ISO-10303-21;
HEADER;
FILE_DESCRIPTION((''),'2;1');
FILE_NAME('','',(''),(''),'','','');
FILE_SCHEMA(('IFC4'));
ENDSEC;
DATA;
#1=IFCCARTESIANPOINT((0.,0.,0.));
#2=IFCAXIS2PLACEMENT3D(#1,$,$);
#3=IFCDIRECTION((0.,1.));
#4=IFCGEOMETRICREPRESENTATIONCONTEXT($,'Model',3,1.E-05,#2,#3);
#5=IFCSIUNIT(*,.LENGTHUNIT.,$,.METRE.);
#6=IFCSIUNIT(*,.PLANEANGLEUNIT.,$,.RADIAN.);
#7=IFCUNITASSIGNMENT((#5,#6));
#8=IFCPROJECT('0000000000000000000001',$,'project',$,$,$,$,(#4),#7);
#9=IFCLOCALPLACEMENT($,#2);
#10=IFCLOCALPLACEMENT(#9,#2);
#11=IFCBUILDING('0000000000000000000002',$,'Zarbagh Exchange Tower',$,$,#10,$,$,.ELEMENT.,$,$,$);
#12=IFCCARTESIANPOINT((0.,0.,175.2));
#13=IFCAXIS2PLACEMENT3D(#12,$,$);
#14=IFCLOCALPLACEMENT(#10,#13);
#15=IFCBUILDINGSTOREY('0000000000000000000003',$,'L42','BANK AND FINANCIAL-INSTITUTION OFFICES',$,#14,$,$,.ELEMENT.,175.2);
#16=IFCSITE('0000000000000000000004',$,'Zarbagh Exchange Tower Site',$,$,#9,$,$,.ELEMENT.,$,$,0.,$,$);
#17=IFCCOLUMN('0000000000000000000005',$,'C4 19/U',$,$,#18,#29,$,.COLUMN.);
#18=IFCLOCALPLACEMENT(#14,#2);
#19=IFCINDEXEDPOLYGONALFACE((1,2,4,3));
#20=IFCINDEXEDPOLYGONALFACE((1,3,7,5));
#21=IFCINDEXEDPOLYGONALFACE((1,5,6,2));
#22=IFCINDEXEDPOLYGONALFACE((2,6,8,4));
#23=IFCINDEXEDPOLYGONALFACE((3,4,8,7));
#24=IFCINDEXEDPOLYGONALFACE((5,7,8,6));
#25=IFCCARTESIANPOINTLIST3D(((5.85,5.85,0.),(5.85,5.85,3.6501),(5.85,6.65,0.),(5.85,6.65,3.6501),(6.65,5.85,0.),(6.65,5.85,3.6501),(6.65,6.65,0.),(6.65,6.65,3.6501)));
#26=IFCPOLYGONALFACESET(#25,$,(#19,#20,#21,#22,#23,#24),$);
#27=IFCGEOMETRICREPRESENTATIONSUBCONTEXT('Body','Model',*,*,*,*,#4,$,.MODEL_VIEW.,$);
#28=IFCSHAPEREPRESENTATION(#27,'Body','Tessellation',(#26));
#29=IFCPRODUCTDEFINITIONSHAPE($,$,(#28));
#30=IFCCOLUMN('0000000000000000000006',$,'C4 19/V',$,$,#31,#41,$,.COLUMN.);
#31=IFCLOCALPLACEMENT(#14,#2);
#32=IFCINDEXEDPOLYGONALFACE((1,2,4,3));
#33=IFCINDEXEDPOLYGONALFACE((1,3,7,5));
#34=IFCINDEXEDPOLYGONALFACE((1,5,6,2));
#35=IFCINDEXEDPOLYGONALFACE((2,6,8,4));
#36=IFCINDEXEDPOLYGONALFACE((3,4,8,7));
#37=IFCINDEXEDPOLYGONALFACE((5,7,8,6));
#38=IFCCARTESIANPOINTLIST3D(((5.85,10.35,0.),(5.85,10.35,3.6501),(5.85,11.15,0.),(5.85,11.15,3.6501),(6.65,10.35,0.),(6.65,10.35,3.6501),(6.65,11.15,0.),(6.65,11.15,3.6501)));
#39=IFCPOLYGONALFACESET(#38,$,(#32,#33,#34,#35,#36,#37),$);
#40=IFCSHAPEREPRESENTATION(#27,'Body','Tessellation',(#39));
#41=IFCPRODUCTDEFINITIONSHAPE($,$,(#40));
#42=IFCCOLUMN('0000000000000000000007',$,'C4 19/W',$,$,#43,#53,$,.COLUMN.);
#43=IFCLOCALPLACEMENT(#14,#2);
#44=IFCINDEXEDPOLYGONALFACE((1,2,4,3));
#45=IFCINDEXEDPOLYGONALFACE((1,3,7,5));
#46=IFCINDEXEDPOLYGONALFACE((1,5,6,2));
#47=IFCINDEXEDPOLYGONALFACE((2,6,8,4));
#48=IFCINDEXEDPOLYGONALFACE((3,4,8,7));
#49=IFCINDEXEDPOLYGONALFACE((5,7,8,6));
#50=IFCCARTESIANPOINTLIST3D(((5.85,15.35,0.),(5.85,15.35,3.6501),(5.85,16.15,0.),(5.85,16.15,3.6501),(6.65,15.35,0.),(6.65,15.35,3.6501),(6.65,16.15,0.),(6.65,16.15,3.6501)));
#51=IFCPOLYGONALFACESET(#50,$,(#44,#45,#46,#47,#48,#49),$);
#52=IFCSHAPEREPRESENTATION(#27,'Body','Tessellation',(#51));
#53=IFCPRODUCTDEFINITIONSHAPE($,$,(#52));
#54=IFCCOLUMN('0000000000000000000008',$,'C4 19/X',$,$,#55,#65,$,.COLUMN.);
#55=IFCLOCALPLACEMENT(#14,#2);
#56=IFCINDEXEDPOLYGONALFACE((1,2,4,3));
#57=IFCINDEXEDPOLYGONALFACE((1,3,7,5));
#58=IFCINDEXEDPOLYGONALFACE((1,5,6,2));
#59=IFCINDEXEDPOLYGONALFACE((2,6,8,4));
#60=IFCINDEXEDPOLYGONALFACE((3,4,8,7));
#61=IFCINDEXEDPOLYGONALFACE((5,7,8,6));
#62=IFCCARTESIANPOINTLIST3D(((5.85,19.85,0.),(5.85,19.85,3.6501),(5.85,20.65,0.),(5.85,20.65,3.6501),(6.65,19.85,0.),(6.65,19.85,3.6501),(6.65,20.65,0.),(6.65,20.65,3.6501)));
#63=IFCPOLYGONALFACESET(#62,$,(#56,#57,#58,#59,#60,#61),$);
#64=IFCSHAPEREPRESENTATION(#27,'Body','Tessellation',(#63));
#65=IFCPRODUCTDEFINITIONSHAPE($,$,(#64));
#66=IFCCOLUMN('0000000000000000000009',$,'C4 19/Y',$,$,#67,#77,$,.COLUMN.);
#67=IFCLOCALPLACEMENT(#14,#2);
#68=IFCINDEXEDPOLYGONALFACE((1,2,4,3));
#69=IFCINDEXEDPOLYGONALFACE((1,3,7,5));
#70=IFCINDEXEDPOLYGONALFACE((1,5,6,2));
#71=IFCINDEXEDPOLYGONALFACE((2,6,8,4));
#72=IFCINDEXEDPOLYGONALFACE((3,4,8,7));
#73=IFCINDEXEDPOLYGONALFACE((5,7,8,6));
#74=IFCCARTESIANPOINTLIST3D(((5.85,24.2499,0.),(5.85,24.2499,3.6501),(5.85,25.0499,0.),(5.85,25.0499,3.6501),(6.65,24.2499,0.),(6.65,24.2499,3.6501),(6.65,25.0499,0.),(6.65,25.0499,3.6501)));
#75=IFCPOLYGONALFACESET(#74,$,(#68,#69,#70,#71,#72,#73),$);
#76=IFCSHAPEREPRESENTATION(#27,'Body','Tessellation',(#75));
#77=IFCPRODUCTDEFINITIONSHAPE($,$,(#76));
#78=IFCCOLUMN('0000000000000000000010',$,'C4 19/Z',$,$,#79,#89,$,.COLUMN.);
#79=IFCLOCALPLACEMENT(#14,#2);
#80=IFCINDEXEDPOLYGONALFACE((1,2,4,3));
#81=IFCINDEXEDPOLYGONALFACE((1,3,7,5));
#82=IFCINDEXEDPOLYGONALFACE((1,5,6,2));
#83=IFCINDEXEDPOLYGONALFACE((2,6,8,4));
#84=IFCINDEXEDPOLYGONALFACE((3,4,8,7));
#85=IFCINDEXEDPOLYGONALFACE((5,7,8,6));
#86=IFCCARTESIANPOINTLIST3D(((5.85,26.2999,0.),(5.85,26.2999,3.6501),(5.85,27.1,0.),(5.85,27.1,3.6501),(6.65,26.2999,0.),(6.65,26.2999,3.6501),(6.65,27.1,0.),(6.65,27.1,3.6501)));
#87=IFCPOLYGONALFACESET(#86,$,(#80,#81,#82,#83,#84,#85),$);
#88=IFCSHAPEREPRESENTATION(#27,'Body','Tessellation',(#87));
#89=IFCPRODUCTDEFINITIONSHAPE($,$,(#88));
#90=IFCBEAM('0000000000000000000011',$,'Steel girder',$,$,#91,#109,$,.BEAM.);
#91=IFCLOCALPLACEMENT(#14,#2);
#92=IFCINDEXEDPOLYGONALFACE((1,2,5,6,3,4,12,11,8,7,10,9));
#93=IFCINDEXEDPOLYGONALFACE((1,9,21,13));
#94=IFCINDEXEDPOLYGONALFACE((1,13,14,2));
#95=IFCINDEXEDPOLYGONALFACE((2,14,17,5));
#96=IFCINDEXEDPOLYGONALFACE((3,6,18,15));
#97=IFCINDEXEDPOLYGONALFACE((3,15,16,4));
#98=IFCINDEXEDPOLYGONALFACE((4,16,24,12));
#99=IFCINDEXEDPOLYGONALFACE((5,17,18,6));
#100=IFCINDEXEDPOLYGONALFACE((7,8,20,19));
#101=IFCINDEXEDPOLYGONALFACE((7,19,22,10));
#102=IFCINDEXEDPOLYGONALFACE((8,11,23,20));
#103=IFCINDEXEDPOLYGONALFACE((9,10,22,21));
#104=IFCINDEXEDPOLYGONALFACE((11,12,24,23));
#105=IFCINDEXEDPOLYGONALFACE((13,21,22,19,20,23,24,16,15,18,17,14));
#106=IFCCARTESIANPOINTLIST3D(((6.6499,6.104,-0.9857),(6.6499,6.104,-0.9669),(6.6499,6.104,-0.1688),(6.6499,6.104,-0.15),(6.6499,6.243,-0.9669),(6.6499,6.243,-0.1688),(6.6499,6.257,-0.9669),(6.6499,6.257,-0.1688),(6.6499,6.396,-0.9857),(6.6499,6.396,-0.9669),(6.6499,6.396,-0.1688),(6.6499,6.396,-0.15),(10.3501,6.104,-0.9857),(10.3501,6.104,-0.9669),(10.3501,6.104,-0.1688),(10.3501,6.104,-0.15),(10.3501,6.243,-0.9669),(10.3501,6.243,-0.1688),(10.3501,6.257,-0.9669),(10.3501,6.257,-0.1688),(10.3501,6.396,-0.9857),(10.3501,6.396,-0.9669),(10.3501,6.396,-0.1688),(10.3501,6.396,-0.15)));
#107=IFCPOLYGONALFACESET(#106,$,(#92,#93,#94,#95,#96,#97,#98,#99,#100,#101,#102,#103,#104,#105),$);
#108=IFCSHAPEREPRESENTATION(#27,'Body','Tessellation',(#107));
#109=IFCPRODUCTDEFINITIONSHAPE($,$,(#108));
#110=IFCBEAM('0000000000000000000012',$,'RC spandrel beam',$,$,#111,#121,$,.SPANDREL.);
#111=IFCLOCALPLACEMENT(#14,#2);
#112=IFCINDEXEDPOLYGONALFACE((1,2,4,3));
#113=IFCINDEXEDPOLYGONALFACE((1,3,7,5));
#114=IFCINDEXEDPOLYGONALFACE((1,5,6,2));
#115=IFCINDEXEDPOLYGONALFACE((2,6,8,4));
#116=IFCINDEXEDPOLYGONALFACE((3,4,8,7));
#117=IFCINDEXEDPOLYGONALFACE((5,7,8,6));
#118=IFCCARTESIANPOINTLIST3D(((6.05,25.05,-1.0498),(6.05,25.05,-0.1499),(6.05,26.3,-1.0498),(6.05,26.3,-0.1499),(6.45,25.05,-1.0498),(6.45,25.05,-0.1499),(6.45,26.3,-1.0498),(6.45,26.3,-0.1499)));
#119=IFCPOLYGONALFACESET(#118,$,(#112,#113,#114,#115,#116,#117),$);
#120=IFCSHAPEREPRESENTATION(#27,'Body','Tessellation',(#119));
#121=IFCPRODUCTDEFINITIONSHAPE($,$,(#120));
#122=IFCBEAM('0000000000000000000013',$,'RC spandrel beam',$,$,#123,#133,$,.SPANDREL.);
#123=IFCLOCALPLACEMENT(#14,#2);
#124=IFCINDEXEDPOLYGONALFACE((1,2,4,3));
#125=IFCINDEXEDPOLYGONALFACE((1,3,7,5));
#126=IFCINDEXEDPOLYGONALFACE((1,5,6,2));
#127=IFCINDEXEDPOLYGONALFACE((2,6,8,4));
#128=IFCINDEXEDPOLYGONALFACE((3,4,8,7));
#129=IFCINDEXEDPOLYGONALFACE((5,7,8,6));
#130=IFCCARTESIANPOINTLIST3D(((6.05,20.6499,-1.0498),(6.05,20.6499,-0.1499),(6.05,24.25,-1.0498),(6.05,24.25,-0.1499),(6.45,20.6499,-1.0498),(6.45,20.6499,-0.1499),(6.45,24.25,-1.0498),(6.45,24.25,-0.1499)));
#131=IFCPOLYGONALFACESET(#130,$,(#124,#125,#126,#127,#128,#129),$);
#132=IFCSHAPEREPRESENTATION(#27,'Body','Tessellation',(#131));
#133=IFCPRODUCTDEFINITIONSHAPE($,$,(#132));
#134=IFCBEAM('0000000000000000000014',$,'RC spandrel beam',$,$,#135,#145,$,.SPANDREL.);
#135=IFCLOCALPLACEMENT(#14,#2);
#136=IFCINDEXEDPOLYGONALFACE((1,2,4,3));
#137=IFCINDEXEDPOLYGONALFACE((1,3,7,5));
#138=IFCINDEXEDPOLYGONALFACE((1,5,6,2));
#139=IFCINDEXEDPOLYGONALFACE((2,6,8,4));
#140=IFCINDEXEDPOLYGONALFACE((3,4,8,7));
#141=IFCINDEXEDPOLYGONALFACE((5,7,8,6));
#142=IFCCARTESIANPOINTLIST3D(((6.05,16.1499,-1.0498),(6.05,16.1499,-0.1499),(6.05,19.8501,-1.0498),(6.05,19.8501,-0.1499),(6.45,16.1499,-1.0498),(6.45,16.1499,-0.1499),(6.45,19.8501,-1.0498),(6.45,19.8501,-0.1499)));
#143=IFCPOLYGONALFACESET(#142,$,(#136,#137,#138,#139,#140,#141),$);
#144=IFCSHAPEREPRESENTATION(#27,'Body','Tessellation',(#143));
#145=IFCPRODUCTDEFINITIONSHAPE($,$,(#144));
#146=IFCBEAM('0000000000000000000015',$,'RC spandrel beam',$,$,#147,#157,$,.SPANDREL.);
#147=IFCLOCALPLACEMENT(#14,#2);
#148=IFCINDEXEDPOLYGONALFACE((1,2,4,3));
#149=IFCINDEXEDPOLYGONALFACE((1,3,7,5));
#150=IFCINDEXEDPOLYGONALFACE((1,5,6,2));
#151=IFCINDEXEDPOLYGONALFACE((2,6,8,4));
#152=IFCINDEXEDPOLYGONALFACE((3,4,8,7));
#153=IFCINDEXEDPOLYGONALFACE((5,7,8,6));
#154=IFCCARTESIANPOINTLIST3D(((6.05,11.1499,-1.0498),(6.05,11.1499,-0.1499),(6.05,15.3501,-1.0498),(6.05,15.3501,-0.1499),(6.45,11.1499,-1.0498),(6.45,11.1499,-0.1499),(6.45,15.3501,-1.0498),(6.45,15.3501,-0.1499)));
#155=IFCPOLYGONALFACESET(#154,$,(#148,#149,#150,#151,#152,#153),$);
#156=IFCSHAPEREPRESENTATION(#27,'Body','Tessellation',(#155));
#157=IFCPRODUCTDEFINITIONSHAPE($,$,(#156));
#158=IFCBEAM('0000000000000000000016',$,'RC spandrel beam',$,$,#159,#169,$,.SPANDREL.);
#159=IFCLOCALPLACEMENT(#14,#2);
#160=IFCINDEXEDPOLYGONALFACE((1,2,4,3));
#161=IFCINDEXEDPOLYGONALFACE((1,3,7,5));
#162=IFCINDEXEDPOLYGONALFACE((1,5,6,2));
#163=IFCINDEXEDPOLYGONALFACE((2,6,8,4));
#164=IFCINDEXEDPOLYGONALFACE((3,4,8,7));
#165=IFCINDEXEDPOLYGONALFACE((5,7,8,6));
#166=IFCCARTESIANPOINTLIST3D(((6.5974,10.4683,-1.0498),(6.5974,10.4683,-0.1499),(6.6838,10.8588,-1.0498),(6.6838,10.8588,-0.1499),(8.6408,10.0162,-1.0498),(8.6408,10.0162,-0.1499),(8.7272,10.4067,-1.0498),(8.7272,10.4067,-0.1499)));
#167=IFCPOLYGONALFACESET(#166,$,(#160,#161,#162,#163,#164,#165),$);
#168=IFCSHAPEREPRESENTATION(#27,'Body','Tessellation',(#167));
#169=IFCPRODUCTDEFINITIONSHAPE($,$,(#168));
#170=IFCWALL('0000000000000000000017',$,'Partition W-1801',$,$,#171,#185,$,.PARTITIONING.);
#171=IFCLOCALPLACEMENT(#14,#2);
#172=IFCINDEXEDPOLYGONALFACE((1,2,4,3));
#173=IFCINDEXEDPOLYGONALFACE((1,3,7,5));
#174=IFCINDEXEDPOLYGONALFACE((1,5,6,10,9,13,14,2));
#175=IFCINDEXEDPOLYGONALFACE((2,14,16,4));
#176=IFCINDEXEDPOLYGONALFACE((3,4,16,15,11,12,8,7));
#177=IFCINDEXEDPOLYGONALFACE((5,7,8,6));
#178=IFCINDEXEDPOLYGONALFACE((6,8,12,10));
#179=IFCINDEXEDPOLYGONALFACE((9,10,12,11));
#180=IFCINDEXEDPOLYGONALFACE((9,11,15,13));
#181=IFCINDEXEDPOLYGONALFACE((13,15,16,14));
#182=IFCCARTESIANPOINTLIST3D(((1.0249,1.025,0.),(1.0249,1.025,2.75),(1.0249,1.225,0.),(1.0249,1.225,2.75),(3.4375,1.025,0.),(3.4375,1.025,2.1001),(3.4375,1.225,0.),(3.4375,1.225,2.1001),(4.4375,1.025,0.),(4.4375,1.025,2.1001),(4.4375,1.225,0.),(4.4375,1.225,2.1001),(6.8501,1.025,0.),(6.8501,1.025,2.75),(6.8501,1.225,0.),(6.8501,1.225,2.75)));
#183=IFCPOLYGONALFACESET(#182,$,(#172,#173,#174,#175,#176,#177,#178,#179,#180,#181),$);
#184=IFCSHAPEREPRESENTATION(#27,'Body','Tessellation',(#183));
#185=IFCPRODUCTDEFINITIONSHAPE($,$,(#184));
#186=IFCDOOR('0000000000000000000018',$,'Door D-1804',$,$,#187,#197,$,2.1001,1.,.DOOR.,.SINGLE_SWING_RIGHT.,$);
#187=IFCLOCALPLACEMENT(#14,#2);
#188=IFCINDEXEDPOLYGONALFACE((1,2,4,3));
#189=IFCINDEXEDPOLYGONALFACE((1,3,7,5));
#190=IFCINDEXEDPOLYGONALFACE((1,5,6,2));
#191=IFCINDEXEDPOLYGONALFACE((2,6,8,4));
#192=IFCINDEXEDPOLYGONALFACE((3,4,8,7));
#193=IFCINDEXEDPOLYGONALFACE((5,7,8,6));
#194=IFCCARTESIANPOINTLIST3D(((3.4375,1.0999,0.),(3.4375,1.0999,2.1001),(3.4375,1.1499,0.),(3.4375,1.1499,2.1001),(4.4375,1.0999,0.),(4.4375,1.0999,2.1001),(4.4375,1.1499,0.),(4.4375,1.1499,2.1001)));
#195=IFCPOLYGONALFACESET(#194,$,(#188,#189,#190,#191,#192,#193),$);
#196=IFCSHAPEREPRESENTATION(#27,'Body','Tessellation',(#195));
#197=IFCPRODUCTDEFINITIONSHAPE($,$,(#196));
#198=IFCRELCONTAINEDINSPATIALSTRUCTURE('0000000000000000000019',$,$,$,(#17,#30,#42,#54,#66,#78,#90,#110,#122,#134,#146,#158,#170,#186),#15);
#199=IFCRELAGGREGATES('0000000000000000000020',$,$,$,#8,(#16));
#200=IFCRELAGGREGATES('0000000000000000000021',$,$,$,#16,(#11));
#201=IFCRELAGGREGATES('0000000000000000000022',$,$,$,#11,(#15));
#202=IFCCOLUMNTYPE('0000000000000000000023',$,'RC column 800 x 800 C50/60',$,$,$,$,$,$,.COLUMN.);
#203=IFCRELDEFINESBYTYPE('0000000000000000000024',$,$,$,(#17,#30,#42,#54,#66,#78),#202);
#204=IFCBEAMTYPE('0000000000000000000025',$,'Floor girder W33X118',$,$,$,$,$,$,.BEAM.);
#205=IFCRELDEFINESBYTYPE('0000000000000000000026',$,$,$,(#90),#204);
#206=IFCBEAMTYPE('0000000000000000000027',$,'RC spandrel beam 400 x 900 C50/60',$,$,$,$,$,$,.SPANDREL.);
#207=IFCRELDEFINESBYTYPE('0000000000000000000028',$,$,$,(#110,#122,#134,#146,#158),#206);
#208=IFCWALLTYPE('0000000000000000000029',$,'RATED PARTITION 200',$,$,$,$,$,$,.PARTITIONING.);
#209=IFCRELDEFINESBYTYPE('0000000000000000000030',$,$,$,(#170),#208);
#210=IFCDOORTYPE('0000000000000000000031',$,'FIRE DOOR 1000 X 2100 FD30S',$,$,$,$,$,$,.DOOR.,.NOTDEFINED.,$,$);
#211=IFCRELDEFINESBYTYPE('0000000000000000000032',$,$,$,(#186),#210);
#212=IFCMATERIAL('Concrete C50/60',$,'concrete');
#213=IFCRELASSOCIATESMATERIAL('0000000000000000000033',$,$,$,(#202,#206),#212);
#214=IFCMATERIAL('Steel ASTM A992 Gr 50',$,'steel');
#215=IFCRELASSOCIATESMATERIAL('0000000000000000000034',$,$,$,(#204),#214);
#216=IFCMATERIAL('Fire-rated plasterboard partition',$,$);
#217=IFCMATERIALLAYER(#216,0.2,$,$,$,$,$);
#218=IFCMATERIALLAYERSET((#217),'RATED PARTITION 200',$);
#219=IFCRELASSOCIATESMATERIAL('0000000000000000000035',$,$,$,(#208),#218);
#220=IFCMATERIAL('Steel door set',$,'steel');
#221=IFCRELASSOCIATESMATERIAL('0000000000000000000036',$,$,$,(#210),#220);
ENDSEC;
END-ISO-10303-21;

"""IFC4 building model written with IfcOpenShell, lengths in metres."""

from ifc_helpers import new_model, si_unit, direction, frame, frame_2d, origin, origin_2d, place, context, subcontext, project, spatial, rectangle, i_section, extrude, material, layer, layer_set, material_profile, profile_set, type_object, element, fill, save


model = new_model("IFC4")

# Units and contexts
model_context = context("Model", 3, precision=1e-05, world=origin(), true_north=direction((0.0, 1.0)))
body_context = subcontext(model_context, "Body", "Model", "MODEL_VIEW")
ifc_project = project(units=[si_unit("LENGTHUNIT", "METRE"), si_unit("PLANEANGLEUNIT", "RADIAN")], contexts=[model_context])

# Site, building, storey
site_placement = place(None, origin())
site = spatial("IfcSite", under=ifc_project, at=site_placement, Name="Zarbagh Exchange Tower Site", CompositionType="ELEMENT", RefElevation=0.0)
building_placement = place(site_placement, origin())
building = spatial("IfcBuilding", under=site, at=building_placement, Name="Zarbagh Exchange Tower", CompositionType="ELEMENT")
storey_placement = place(building_placement, frame((0.0, 0.0, 175.2)))
storey = spatial("IfcBuildingStorey", under=building, at=storey_placement, Name="L42", Description="BANK AND FINANCIAL-INSTITUTION OFFICES", CompositionType="ELEMENT", Elevation=175.2)

# Columns
ifc_material_1 = material(Name="Concrete C50/60", Category="concrete")
ifc_material_profile_1 = material_profile(ifc_material_1, rectangle(XDim=0.8, YDim=0.8, at=origin_2d()), Name="RC column 800 x 800 C50/60")
ifc_profile_set_1 = profile_set([ifc_material_profile_1], Name="Concrete C50/60")
column_type = type_object("IfcColumnType", Name="RC column 800 x 800 C50/60", PredefinedType="COLUMN", material=ifc_profile_set_1)
for number, where, z_axis, x_axis, name in (
    (1, (6.25, 6.25, 0.0), (0.0, 0.0, 1.0), (1.0, 0.0, 0.0), "C4 19/U"),
    (2, (6.25, 10.75, 0.0), (0.0, 0.0, 1.0), (1.0, 0.0, 0.0), "C4 19/V"),
    (3, (6.25, 15.75, 0.0), (0.0, 0.0, 1.0), (1.0, 0.0, 0.0), "C4 19/W"),
    (4, (6.25, 20.25, 0.0), (0.0, 0.0, 1.0), (1.0, 0.0, 0.0), "C4 19/X"),
    (5, (6.25, 24.6499, 0.0), (0.0, 0.0, 1.0), (1.0, 0.0, 0.0), "C4 19/Y"),
    (6, (6.25, 26.7, 0.0), (0.0, 0.0, 1.0), (1.0, 0.0, 0.0), "C4 19/Z"),
):
    element("IfcColumn", number, at=place(storey_placement, frame(where, z_axis=z_axis, x_axis=x_axis)), inside=storey, type_object=column_type, Name=name, PredefinedType="COLUMN", context=body_context, shape_type="SweptSolid", body=[
        extrude(rectangle(XDim=0.8, YDim=0.8, at=origin_2d()), origin(), (0.0, 0.0, 1.0), 3.6501),
    ])

# Beams
ifc_material_2 = material(Name="Steel ASTM A992 Gr 50", Category="steel")
ifc_material_profile_2 = material_profile(ifc_material_2, i_section(OverallWidth=0.292, OverallDepth=0.8357, WebThickness=0.0139, FlangeThickness=0.0188, at=origin_2d()), Name="W33X118")
ifc_profile_set_2 = profile_set([ifc_material_profile_2], Name="Steel ASTM A992 Gr 50")
beam_type_1 = type_object("IfcBeamType", Name="Floor girder W33X118", PredefinedType="BEAM", material=ifc_profile_set_2)
beam_1_placement = place(storey_placement, frame((6.6499, 6.25, -0.5679), z_axis=(1.0, 0.0, 0.0), x_axis=(0.0, 1.0, 0.0)))
element("IfcBeam", 7, at=beam_1_placement, inside=storey, type_object=beam_type_1, Name="Steel girder", PredefinedType="BEAM", context=body_context, shape_type="SweptSolid", body=[
    extrude(i_section(OverallWidth=0.292, OverallDepth=0.8357, WebThickness=0.0139, FlangeThickness=0.0188, at=origin_2d()), origin(), (0.0, 0.0, 1.0), 3.7002),
])
ifc_material_profile_3 = material_profile(ifc_material_1, rectangle(XDim=0.3999, YDim=0.8999, at=origin_2d()), Name="RC spandrel beam 400 x 900 C50/60")
ifc_profile_set_3 = profile_set([ifc_material_profile_3], Name="Concrete C50/60")
beam_type_2 = type_object("IfcBeamType", Name="RC spandrel beam 400 x 900 C50/60", PredefinedType="SPANDREL", material=ifc_profile_set_3)
beam_2_placement = place(storey_placement, frame((6.25, 26.3, -0.5999), z_axis=(0.0, -1.0, 0.0), x_axis=(1.0, 0.0, 0.0)))
element("IfcBeam", 8, at=beam_2_placement, inside=storey, type_object=beam_type_2, Name="RC spandrel beam", PredefinedType="SPANDREL", context=body_context, shape_type="SweptSolid", body=[
    extrude(rectangle(XDim=0.3999, YDim=0.8999, at=origin_2d()), origin(), (0.0, 0.0, 1.0), 1.25),
])
beam_3_placement = place(storey_placement, frame((6.25, 24.25, -0.5999), z_axis=(0.0, -1.0, 0.0), x_axis=(1.0, 0.0, 0.0)))
element("IfcBeam", 9, at=beam_3_placement, inside=storey, type_object=beam_type_2, Name="RC spandrel beam", PredefinedType="SPANDREL", context=body_context, shape_type="SweptSolid", body=[
    extrude(rectangle(XDim=0.3999, YDim=0.8999, at=origin_2d()), origin(), (0.0, 0.0, 1.0), 3.6001),
])
beam_4_placement = place(storey_placement, frame((6.25, 19.8501, -0.5999), z_axis=(0.0, -1.0, 0.0), x_axis=(1.0, 0.0, 0.0)))
element("IfcBeam", 10, at=beam_4_placement, inside=storey, type_object=beam_type_2, Name="RC spandrel beam", PredefinedType="SPANDREL", context=body_context, shape_type="SweptSolid", body=[
    extrude(rectangle(XDim=0.3999, YDim=0.8999, at=origin_2d()), origin(), (0.0, 0.0, 1.0), 3.7002),
])
beam_5_placement = place(storey_placement, frame((6.25, 15.3501, -0.5999), z_axis=(0.0, -1.0, 0.0), x_axis=(1.0, 0.0, 0.0)))
element("IfcBeam", 11, at=beam_5_placement, inside=storey, type_object=beam_type_2, Name="RC spandrel beam", PredefinedType="SPANDREL", context=body_context, shape_type="SweptSolid", body=[
    extrude(rectangle(XDim=0.3999, YDim=0.8999, at=origin_2d()), origin(), (0.0, 0.0, 1.0), 4.2002),
])
beam_6_placement = place(storey_placement, frame((6.6406, 10.6636, -0.5999), z_axis=(0.976384, -0.216041, 0.0), x_axis=(0.216041, 0.976384, 0.0)))
element("IfcBeam", 12, at=beam_6_placement, inside=storey, type_object=beam_type_2, Name="RC spandrel beam", PredefinedType="SPANDREL", context=body_context, shape_type="SweptSolid", body=[
    extrude(rectangle(XDim=0.3999, YDim=0.8999, at=origin_2d()), origin(), (0.0, 0.0, 1.0), 2.0928),
])

# Wall, opening, door
ifc_material_3 = material(Name="Fire-rated plasterboard partition")
ifc_layer_1 = layer(ifc_material_3, 0.2)
ifc_layer_set_1 = layer_set([ifc_layer_1], Name="RATED PARTITION 200")
wall_type_1 = type_object("IfcWallType", Name="RATED PARTITION 200", PredefinedType="PARTITIONING", material=ifc_layer_set_1)
wall_1_placement = place(storey_placement, frame((1.0249, 1.125, 0.0), z_axis=(0.0, 0.0, 1.0), x_axis=(1.0, 0.0, 0.0)))
wall_1 = element("IfcWall", 13, at=wall_1_placement, inside=storey, type_object=wall_type_1, Name="Partition W-1801", PredefinedType="PARTITIONING", context=body_context, shape_type="SweptSolid", body=[
    extrude(rectangle(XDim=5.8252, YDim=0.2, at=frame_2d((2.9126, 0.0))), origin(), (0.0, 0.0, 1.0), 2.75),
])
opening_1_placement = place(wall_1_placement, frame((2.4126, 0.0, 0.0)))
opening_1 = element("IfcOpeningElement", 14, at=opening_1_placement, cuts=wall_1, PredefinedType="OPENING", context=body_context, shape_type="SweptSolid", body=[
    extrude(rectangle(XDim=1.0, YDim=2.1001, at=frame_2d((0.5, 1.05))), frame((0.0, 0.1099, 0.0), z_axis=(0.0, -1.0, 0.0), x_axis=(1.0, 0.0, 0.0)), (0.0, 0.0, 1.0), 0.22),
])
ifc_material_4 = material(Name="Steel door set", Category="steel")
door_type_1 = type_object("IfcDoorType", Name="FIRE DOOR 1000 X 2100 FD30S", OperationType="NOTDEFINED", PredefinedType="DOOR", material=ifc_material_4)
door_1_placement = place(opening_1_placement, origin())
door_1 = element("IfcDoor", 15, at=door_1_placement, inside=storey, type_object=door_type_1, Name="Door D-1804", OperationType="SINGLE_SWING_RIGHT", OverallHeight=2.1001, OverallWidth=1.0, PredefinedType="DOOR", context=body_context, shape_type="SweptSolid", body=[
    extrude(rectangle(XDim=1.0, YDim=2.1001, at=frame_2d((0.5, 1.05))), frame((0.0, 0.0249, 0.0), z_axis=(0.0, -1.0, 0.0), x_axis=(1.0, 0.0, 0.0)), (0.0, 0.0, 1.0), 0.05),
])
fill(opening_1, door_1)

save(model, "model.ifc")
